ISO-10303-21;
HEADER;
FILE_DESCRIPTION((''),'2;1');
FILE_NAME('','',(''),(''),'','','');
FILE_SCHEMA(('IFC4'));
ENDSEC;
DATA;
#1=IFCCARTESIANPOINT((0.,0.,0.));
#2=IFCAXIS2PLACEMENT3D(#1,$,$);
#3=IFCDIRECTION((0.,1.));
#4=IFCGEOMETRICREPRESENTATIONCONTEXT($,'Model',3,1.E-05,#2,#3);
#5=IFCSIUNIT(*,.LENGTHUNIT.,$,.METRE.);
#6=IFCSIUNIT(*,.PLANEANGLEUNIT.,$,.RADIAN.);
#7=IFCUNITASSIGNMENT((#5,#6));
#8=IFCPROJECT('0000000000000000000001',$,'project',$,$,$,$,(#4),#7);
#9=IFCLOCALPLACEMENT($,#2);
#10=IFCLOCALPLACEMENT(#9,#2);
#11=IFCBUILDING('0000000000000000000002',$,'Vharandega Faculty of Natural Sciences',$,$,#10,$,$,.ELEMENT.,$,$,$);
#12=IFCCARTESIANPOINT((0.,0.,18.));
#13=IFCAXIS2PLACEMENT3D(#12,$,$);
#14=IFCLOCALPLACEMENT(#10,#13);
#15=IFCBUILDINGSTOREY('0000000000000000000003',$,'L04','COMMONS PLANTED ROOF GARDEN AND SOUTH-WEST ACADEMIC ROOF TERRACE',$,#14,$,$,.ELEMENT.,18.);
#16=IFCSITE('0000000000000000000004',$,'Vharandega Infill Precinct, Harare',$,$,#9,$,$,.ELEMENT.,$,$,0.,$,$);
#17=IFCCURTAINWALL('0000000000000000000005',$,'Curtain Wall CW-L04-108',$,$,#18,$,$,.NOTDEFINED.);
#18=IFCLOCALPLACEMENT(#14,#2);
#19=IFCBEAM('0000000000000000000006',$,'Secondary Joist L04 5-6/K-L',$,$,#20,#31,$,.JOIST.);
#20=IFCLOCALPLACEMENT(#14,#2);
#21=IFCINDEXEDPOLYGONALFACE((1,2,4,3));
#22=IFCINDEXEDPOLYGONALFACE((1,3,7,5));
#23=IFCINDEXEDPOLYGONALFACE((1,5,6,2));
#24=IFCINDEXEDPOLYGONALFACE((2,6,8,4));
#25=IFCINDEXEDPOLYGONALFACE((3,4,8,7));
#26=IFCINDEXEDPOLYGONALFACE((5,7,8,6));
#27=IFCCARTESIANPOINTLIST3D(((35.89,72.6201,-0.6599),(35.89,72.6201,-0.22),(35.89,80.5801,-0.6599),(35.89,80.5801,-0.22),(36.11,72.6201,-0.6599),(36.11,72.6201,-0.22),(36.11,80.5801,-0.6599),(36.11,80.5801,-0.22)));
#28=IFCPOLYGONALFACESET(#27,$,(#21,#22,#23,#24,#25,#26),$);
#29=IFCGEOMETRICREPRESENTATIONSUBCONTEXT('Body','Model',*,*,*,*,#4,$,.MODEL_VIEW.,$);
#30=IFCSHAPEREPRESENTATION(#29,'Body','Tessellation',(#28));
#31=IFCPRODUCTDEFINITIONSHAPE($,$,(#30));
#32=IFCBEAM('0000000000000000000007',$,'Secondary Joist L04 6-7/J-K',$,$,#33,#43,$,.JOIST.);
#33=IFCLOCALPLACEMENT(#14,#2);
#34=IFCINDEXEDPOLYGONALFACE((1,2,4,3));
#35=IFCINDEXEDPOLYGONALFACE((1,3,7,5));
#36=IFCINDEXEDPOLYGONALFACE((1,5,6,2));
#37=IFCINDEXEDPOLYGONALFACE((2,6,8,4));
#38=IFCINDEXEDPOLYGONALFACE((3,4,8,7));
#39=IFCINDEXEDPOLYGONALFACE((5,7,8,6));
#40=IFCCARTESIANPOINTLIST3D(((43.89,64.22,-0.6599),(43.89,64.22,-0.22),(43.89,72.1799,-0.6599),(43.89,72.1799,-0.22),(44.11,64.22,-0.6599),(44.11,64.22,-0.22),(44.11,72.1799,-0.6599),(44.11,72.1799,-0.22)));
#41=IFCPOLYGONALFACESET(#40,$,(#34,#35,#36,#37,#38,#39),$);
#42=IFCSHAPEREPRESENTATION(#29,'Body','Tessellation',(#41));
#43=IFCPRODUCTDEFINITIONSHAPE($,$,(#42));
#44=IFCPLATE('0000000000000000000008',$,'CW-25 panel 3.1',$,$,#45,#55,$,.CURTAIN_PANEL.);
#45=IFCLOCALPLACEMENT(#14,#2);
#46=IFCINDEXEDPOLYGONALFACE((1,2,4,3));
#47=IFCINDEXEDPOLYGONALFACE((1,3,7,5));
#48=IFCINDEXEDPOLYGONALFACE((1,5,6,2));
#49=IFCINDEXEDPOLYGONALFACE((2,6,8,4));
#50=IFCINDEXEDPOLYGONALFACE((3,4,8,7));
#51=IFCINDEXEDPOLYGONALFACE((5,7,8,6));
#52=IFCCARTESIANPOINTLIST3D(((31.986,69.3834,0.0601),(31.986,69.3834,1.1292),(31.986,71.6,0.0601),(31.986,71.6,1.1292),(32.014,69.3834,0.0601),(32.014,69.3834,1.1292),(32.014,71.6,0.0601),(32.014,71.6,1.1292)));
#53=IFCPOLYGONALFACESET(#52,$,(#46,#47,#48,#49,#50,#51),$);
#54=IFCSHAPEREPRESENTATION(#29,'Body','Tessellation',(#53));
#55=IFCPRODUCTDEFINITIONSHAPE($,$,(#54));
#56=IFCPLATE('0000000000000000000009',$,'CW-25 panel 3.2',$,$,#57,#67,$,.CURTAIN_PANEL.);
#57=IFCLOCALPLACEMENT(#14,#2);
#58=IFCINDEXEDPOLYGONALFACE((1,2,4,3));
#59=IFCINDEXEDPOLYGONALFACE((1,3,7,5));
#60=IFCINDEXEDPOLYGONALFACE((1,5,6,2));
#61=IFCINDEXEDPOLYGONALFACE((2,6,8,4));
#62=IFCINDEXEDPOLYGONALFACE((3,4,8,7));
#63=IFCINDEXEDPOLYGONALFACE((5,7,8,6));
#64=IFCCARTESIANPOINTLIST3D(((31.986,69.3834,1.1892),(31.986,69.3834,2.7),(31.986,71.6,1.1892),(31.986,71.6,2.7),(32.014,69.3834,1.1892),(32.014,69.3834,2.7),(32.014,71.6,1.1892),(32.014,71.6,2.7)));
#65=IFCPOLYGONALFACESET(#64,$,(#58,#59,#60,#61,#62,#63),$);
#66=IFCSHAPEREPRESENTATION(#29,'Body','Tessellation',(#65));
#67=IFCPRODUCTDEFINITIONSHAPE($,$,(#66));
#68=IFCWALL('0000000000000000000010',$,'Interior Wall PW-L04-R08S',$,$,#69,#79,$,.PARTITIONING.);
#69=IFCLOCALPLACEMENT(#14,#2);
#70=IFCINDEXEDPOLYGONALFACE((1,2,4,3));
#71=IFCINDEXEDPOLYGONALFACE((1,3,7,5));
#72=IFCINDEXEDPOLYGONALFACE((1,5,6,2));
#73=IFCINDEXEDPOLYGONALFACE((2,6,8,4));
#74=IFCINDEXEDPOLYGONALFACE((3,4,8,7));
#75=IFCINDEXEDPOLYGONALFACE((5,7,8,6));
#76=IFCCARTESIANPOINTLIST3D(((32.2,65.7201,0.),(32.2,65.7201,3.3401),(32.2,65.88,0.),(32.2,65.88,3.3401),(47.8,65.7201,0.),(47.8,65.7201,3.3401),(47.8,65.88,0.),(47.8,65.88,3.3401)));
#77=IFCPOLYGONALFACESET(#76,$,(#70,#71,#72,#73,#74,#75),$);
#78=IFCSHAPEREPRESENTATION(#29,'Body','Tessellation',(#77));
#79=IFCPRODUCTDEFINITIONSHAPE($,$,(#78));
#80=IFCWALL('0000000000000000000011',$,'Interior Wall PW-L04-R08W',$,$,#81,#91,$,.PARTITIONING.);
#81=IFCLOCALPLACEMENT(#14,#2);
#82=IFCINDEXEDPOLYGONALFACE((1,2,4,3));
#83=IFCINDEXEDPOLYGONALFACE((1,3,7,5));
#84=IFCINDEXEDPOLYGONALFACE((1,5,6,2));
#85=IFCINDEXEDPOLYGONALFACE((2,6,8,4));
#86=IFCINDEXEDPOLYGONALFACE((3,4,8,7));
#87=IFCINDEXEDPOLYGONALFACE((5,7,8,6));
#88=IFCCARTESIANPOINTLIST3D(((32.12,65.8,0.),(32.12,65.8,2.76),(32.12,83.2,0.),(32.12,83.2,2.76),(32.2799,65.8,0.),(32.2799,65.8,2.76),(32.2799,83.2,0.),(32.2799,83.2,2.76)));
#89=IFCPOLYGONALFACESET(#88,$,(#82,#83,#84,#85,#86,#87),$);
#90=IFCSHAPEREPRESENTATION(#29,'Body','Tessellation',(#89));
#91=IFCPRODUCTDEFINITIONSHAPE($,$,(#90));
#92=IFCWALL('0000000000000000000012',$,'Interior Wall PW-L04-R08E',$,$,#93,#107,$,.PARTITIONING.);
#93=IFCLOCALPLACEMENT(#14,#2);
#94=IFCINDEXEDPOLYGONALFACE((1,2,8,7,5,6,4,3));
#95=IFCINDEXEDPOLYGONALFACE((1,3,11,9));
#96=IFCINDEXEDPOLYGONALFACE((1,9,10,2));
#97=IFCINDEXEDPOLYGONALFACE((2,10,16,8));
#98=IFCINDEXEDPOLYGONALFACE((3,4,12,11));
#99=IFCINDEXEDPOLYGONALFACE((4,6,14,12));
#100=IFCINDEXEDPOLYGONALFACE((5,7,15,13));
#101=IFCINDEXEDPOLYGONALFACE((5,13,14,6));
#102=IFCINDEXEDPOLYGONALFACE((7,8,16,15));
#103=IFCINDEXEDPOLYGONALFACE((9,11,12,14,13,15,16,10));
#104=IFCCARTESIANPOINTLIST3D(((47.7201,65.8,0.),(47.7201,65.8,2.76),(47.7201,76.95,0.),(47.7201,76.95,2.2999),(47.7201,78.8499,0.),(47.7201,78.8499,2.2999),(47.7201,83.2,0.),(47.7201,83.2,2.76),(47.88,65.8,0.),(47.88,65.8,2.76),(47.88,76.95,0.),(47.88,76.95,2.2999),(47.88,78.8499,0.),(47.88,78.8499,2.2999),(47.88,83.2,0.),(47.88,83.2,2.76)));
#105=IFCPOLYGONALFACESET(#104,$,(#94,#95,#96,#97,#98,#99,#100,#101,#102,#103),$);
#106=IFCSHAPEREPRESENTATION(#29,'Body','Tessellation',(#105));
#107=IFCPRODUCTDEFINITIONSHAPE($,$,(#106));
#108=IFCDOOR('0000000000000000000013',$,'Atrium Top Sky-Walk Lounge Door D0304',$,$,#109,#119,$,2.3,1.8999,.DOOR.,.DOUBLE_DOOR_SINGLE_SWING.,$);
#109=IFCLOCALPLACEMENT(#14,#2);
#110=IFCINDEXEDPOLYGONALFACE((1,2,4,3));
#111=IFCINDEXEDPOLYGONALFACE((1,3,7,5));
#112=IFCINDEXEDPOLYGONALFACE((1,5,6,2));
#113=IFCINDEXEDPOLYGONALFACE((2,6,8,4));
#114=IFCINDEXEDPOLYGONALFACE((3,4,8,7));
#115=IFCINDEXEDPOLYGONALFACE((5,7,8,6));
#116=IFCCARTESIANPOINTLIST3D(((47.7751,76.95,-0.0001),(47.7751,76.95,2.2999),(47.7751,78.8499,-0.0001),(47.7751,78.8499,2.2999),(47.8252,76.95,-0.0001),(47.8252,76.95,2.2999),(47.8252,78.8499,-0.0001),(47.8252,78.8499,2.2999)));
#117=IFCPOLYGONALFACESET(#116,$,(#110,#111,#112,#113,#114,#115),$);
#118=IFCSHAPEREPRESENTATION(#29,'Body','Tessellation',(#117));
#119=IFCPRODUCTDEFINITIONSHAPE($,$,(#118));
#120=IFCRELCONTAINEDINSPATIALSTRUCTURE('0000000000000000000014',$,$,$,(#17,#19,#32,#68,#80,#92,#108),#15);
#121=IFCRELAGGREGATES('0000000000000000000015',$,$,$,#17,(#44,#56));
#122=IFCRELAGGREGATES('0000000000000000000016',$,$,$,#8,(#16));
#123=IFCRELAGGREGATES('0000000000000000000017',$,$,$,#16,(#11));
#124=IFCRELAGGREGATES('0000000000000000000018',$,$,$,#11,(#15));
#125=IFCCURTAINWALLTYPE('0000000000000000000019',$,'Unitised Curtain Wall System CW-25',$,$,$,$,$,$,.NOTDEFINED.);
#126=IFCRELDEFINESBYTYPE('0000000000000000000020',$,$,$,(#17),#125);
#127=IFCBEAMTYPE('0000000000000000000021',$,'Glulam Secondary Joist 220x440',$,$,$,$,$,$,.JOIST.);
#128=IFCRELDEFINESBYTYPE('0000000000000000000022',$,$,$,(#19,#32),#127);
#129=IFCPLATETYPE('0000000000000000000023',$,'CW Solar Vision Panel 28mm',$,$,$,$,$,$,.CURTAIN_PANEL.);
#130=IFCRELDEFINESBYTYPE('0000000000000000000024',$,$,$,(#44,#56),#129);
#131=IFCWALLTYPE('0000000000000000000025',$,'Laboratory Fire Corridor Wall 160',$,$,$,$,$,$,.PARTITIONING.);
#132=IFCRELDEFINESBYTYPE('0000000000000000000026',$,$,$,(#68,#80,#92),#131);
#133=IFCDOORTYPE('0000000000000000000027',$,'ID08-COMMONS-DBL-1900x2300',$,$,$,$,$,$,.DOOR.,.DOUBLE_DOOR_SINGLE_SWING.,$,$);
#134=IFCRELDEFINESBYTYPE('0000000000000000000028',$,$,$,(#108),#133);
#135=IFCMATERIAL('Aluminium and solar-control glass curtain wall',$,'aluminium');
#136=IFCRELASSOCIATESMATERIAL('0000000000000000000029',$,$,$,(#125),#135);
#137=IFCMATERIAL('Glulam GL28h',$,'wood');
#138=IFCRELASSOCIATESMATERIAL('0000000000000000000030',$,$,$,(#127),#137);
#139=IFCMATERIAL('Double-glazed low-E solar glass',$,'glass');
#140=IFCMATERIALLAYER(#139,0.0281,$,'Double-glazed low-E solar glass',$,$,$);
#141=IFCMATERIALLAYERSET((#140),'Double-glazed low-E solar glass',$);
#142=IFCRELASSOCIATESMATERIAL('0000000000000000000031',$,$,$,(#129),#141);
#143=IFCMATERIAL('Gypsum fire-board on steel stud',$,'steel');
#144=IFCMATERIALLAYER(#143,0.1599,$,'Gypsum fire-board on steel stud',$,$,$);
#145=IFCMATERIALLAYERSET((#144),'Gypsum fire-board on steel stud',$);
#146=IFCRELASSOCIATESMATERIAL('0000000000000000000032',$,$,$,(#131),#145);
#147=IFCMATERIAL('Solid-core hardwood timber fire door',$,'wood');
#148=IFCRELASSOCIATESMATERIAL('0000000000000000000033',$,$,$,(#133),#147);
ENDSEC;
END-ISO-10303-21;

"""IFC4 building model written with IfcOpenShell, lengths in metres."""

from ifc_helpers import new_model, si_unit, direction, frame, frame_2d, origin, origin_2d, place, context, subcontext, project, spatial, rectangle, extrude, material, layer, layer_set, material_profile, profile_set, type_object, element, fill, aggregate, save


model = new_model("IFC4")

# Units and contexts
model_context = context("Model", 3, precision=1e-05, world=origin(), true_north=direction((0.0, 1.0)))
body_context = subcontext(model_context, "Body", "Model", "MODEL_VIEW")
ifc_project = project(units=[si_unit("LENGTHUNIT", "METRE"), si_unit("PLANEANGLEUNIT", "RADIAN")], contexts=[model_context])

# Site, building, storey
site_placement = place(None, origin())
site = spatial("IfcSite", under=ifc_project, at=site_placement, Name="Vharandega Infill Precinct, Harare", CompositionType="ELEMENT", RefElevation=0.0)
building_placement = place(site_placement, origin())
building = spatial("IfcBuilding", under=site, at=building_placement, Name="Vharandega Faculty of Natural Sciences", CompositionType="ELEMENT")
storey_placement = place(building_placement, frame((0.0, 0.0, 18.0)))
storey = spatial("IfcBuildingStorey", under=building, at=storey_placement, Name="L04", Description="COMMONS PLANTED ROOF GARDEN AND SOUTH-WEST ACADEMIC ROOF TERRACE", CompositionType="ELEMENT", Elevation=18.0)

# Curtain wall
ifc_material_1 = material(Name="Aluminium and solar-control glass curtain wall", Category="aluminium")
curtain_wall_type = type_object("IfcCurtainWallType", Name="Unitised Curtain Wall System CW-25", PredefinedType="NOTDEFINED", material=ifc_material_1)
curtain_wall_placement = place(storey_placement, origin())
curtain_wall = element("IfcCurtainWall", 1, at=curtain_wall_placement, inside=storey, type_object=curtain_wall_type, Name="Curtain Wall CW-L04-108", PredefinedType="NOTDEFINED")

# Beams
ifc_material_2 = material(Name="Glulam GL28h", Category="wood")
ifc_material_profile_1 = material_profile(ifc_material_2, rectangle(XDim=0.22, YDim=0.4399, at=origin_2d()), Name="GL28h 220x440")
ifc_profile_set_1 = profile_set([ifc_material_profile_1], Name="Glulam GL28h")
beam_type_1 = type_object("IfcBeamType", Name="Glulam Secondary Joist 220x440", PredefinedType="JOIST", material=ifc_profile_set_1)
for number, where, z_axis, x_axis, name in (
    (2, (36.0, 72.6201, -0.4399), (0.0, 1.0, 0.0), (-1.0, 0.0, 0.0), "Secondary Joist L04 5-6/K-L"),
    (3, (44.0, 64.22, -0.4399), (0.0, 1.0, 0.0), (-1.0, 0.0, 0.0), "Secondary Joist L04 6-7/J-K"),
):
    element("IfcBeam", number, at=place(storey_placement, frame(where, z_axis=z_axis, x_axis=x_axis)), inside=storey, type_object=beam_type_1, Name=name, PredefinedType="JOIST", context=body_context, shape_type="SweptSolid", body=[
        extrude(rectangle(XDim=0.22, YDim=0.4399, at=origin_2d()), origin(), (0.0, 0.0, 1.0), 7.96),
    ])

# Plates
ifc_material_3 = material(Name="Double-glazed low-E solar glass", Category="glass")
ifc_layer_1 = layer(ifc_material_3, 0.0281, Name="Double-glazed low-E solar glass")
ifc_layer_set_1 = layer_set([ifc_layer_1], Name="Double-glazed low-E solar glass")
plate_type = type_object("IfcPlateType", Name="CW Solar Vision Panel 28mm", PredefinedType="CURTAIN_PANEL", material=ifc_layer_set_1)
plate_1_placement = place(storey_placement, frame((32.0, 70.4917, 0.0601), z_axis=(0.0, 0.0, 1.0), x_axis=(0.0, 1.0, 0.0)))
plate_1 = element("IfcPlate", 4, at=plate_1_placement, type_object=plate_type, Name="CW-25 panel 3.1", PredefinedType="CURTAIN_PANEL", context=body_context, shape_type="SweptSolid", body=[
    extrude(rectangle(XDim=2.2166, YDim=0.0281, at=origin_2d()), origin(), (0.0, 0.0, 1.0), 1.0691),
])
plate_2_placement = place(storey_placement, frame((32.0, 70.4917, 1.1892), z_axis=(0.0, 0.0, 1.0), x_axis=(0.0, 1.0, 0.0)))
plate_2 = element("IfcPlate", 5, at=plate_2_placement, type_object=plate_type, Name="CW-25 panel 3.2", PredefinedType="CURTAIN_PANEL", context=body_context, shape_type="SweptSolid", body=[
    extrude(rectangle(XDim=2.2166, YDim=0.0281, at=origin_2d()), origin(), (0.0, 0.0, 1.0), 1.5107),
])
aggregate(curtain_wall, [plate_1, plate_2])

# Walls
ifc_material_4 = material(Name="Gypsum fire-board on steel stud", Category="steel")
ifc_layer_2 = layer(ifc_material_4, 0.1599, Name="Gypsum fire-board on steel stud")
ifc_layer_set_2 = layer_set([ifc_layer_2], Name="Gypsum fire-board on steel stud")
wall_type = type_object("IfcWallType", Name="Laboratory Fire Corridor Wall 160", PredefinedType="PARTITIONING", material=ifc_layer_set_2)
wall_1_placement = place(storey_placement, frame((32.2, 65.8, 0.0), z_axis=(0.0, 0.0, 1.0), x_axis=(1.0, 0.0, 0.0)))
element("IfcWall", 6, at=wall_1_placement, inside=storey, type_object=wall_type, Name="Interior Wall PW-L04-R08S", PredefinedType="PARTITIONING", context=body_context, shape_type="SweptSolid", body=[
    extrude(rectangle(XDim=15.6001, YDim=0.1599, at=frame_2d((7.8, 0.0))), origin(), (0.0, 0.0, 1.0), 3.3401),
])
wall_2_placement = place(storey_placement, frame((32.2, 65.8, 0.0), z_axis=(0.0, 0.0, 1.0), x_axis=(0.0, 1.0, 0.0)))
element("IfcWall", 7, at=wall_2_placement, inside=storey, type_object=wall_type, Name="Interior Wall PW-L04-R08W", PredefinedType="PARTITIONING", context=body_context, shape_type="SweptSolid", body=[
    extrude(rectangle(XDim=17.3999, YDim=0.1599, at=frame_2d((8.7, 0.0))), origin(), (0.0, 0.0, 1.0), 2.76),
])

# Wall, opening, door
wall_3_placement = place(storey_placement, frame((47.8, 65.8, 0.0), z_axis=(0.0, 0.0, 1.0), x_axis=(0.0, 1.0, 0.0)))
wall_3 = element("IfcWall", 8, at=wall_3_placement, inside=storey, type_object=wall_type, Name="Interior Wall PW-L04-R08E", PredefinedType="PARTITIONING", context=body_context, shape_type="SweptSolid", body=[
    extrude(rectangle(XDim=17.3999, YDim=0.1599, at=frame_2d((8.7, 0.0))), origin(), (0.0, 0.0, 1.0), 2.76),
])
opening_placement = place(wall_3_placement, frame((11.1499, 0.0, 0.0)))
opening = element("IfcOpeningElement", 9, at=opening_placement, cuts=wall_3, PredefinedType="OPENING", context=body_context, shape_type="SweptSolid", body=[
    extrude(rectangle(XDim=1.8999, YDim=2.3, at=frame_2d((0.95, 1.1499))), frame((0.0, 0.0898, 0.0), z_axis=(0.0, -1.0, 0.0), x_axis=(1.0, 0.0, 0.0)), (0.0, 0.0, 1.0), 0.1799),
])
ifc_material_5 = material(Name="Solid-core hardwood timber fire door", Category="wood")
door_type = type_object("IfcDoorType", Name="ID08-COMMONS-DBL-1900x2300", OperationType="DOUBLE_DOOR_SINGLE_SWING", PredefinedType="DOOR", material=ifc_material_5)
door_placement = place(opening_placement, origin())
door = element("IfcDoor", 10, at=door_placement, inside=storey, type_object=door_type, Name="Atrium Top Sky-Walk Lounge Door D0304", OperationType="DOUBLE_DOOR_SINGLE_SWING", OverallHeight=2.3, OverallWidth=1.8999, PredefinedType="DOOR", context=body_context, shape_type="SweptSolid", body=[
    extrude(rectangle(XDim=1.8999, YDim=2.3, at=frame_2d((0.95, 1.1499))), frame((0.0, 0.0249, 0.0), z_axis=(0.0, -1.0, 0.0), x_axis=(1.0, 0.0, 0.0)), (0.0, 0.0, 1.0), 0.05),
])
fill(opening, door)

save(model, "model.ifc")
